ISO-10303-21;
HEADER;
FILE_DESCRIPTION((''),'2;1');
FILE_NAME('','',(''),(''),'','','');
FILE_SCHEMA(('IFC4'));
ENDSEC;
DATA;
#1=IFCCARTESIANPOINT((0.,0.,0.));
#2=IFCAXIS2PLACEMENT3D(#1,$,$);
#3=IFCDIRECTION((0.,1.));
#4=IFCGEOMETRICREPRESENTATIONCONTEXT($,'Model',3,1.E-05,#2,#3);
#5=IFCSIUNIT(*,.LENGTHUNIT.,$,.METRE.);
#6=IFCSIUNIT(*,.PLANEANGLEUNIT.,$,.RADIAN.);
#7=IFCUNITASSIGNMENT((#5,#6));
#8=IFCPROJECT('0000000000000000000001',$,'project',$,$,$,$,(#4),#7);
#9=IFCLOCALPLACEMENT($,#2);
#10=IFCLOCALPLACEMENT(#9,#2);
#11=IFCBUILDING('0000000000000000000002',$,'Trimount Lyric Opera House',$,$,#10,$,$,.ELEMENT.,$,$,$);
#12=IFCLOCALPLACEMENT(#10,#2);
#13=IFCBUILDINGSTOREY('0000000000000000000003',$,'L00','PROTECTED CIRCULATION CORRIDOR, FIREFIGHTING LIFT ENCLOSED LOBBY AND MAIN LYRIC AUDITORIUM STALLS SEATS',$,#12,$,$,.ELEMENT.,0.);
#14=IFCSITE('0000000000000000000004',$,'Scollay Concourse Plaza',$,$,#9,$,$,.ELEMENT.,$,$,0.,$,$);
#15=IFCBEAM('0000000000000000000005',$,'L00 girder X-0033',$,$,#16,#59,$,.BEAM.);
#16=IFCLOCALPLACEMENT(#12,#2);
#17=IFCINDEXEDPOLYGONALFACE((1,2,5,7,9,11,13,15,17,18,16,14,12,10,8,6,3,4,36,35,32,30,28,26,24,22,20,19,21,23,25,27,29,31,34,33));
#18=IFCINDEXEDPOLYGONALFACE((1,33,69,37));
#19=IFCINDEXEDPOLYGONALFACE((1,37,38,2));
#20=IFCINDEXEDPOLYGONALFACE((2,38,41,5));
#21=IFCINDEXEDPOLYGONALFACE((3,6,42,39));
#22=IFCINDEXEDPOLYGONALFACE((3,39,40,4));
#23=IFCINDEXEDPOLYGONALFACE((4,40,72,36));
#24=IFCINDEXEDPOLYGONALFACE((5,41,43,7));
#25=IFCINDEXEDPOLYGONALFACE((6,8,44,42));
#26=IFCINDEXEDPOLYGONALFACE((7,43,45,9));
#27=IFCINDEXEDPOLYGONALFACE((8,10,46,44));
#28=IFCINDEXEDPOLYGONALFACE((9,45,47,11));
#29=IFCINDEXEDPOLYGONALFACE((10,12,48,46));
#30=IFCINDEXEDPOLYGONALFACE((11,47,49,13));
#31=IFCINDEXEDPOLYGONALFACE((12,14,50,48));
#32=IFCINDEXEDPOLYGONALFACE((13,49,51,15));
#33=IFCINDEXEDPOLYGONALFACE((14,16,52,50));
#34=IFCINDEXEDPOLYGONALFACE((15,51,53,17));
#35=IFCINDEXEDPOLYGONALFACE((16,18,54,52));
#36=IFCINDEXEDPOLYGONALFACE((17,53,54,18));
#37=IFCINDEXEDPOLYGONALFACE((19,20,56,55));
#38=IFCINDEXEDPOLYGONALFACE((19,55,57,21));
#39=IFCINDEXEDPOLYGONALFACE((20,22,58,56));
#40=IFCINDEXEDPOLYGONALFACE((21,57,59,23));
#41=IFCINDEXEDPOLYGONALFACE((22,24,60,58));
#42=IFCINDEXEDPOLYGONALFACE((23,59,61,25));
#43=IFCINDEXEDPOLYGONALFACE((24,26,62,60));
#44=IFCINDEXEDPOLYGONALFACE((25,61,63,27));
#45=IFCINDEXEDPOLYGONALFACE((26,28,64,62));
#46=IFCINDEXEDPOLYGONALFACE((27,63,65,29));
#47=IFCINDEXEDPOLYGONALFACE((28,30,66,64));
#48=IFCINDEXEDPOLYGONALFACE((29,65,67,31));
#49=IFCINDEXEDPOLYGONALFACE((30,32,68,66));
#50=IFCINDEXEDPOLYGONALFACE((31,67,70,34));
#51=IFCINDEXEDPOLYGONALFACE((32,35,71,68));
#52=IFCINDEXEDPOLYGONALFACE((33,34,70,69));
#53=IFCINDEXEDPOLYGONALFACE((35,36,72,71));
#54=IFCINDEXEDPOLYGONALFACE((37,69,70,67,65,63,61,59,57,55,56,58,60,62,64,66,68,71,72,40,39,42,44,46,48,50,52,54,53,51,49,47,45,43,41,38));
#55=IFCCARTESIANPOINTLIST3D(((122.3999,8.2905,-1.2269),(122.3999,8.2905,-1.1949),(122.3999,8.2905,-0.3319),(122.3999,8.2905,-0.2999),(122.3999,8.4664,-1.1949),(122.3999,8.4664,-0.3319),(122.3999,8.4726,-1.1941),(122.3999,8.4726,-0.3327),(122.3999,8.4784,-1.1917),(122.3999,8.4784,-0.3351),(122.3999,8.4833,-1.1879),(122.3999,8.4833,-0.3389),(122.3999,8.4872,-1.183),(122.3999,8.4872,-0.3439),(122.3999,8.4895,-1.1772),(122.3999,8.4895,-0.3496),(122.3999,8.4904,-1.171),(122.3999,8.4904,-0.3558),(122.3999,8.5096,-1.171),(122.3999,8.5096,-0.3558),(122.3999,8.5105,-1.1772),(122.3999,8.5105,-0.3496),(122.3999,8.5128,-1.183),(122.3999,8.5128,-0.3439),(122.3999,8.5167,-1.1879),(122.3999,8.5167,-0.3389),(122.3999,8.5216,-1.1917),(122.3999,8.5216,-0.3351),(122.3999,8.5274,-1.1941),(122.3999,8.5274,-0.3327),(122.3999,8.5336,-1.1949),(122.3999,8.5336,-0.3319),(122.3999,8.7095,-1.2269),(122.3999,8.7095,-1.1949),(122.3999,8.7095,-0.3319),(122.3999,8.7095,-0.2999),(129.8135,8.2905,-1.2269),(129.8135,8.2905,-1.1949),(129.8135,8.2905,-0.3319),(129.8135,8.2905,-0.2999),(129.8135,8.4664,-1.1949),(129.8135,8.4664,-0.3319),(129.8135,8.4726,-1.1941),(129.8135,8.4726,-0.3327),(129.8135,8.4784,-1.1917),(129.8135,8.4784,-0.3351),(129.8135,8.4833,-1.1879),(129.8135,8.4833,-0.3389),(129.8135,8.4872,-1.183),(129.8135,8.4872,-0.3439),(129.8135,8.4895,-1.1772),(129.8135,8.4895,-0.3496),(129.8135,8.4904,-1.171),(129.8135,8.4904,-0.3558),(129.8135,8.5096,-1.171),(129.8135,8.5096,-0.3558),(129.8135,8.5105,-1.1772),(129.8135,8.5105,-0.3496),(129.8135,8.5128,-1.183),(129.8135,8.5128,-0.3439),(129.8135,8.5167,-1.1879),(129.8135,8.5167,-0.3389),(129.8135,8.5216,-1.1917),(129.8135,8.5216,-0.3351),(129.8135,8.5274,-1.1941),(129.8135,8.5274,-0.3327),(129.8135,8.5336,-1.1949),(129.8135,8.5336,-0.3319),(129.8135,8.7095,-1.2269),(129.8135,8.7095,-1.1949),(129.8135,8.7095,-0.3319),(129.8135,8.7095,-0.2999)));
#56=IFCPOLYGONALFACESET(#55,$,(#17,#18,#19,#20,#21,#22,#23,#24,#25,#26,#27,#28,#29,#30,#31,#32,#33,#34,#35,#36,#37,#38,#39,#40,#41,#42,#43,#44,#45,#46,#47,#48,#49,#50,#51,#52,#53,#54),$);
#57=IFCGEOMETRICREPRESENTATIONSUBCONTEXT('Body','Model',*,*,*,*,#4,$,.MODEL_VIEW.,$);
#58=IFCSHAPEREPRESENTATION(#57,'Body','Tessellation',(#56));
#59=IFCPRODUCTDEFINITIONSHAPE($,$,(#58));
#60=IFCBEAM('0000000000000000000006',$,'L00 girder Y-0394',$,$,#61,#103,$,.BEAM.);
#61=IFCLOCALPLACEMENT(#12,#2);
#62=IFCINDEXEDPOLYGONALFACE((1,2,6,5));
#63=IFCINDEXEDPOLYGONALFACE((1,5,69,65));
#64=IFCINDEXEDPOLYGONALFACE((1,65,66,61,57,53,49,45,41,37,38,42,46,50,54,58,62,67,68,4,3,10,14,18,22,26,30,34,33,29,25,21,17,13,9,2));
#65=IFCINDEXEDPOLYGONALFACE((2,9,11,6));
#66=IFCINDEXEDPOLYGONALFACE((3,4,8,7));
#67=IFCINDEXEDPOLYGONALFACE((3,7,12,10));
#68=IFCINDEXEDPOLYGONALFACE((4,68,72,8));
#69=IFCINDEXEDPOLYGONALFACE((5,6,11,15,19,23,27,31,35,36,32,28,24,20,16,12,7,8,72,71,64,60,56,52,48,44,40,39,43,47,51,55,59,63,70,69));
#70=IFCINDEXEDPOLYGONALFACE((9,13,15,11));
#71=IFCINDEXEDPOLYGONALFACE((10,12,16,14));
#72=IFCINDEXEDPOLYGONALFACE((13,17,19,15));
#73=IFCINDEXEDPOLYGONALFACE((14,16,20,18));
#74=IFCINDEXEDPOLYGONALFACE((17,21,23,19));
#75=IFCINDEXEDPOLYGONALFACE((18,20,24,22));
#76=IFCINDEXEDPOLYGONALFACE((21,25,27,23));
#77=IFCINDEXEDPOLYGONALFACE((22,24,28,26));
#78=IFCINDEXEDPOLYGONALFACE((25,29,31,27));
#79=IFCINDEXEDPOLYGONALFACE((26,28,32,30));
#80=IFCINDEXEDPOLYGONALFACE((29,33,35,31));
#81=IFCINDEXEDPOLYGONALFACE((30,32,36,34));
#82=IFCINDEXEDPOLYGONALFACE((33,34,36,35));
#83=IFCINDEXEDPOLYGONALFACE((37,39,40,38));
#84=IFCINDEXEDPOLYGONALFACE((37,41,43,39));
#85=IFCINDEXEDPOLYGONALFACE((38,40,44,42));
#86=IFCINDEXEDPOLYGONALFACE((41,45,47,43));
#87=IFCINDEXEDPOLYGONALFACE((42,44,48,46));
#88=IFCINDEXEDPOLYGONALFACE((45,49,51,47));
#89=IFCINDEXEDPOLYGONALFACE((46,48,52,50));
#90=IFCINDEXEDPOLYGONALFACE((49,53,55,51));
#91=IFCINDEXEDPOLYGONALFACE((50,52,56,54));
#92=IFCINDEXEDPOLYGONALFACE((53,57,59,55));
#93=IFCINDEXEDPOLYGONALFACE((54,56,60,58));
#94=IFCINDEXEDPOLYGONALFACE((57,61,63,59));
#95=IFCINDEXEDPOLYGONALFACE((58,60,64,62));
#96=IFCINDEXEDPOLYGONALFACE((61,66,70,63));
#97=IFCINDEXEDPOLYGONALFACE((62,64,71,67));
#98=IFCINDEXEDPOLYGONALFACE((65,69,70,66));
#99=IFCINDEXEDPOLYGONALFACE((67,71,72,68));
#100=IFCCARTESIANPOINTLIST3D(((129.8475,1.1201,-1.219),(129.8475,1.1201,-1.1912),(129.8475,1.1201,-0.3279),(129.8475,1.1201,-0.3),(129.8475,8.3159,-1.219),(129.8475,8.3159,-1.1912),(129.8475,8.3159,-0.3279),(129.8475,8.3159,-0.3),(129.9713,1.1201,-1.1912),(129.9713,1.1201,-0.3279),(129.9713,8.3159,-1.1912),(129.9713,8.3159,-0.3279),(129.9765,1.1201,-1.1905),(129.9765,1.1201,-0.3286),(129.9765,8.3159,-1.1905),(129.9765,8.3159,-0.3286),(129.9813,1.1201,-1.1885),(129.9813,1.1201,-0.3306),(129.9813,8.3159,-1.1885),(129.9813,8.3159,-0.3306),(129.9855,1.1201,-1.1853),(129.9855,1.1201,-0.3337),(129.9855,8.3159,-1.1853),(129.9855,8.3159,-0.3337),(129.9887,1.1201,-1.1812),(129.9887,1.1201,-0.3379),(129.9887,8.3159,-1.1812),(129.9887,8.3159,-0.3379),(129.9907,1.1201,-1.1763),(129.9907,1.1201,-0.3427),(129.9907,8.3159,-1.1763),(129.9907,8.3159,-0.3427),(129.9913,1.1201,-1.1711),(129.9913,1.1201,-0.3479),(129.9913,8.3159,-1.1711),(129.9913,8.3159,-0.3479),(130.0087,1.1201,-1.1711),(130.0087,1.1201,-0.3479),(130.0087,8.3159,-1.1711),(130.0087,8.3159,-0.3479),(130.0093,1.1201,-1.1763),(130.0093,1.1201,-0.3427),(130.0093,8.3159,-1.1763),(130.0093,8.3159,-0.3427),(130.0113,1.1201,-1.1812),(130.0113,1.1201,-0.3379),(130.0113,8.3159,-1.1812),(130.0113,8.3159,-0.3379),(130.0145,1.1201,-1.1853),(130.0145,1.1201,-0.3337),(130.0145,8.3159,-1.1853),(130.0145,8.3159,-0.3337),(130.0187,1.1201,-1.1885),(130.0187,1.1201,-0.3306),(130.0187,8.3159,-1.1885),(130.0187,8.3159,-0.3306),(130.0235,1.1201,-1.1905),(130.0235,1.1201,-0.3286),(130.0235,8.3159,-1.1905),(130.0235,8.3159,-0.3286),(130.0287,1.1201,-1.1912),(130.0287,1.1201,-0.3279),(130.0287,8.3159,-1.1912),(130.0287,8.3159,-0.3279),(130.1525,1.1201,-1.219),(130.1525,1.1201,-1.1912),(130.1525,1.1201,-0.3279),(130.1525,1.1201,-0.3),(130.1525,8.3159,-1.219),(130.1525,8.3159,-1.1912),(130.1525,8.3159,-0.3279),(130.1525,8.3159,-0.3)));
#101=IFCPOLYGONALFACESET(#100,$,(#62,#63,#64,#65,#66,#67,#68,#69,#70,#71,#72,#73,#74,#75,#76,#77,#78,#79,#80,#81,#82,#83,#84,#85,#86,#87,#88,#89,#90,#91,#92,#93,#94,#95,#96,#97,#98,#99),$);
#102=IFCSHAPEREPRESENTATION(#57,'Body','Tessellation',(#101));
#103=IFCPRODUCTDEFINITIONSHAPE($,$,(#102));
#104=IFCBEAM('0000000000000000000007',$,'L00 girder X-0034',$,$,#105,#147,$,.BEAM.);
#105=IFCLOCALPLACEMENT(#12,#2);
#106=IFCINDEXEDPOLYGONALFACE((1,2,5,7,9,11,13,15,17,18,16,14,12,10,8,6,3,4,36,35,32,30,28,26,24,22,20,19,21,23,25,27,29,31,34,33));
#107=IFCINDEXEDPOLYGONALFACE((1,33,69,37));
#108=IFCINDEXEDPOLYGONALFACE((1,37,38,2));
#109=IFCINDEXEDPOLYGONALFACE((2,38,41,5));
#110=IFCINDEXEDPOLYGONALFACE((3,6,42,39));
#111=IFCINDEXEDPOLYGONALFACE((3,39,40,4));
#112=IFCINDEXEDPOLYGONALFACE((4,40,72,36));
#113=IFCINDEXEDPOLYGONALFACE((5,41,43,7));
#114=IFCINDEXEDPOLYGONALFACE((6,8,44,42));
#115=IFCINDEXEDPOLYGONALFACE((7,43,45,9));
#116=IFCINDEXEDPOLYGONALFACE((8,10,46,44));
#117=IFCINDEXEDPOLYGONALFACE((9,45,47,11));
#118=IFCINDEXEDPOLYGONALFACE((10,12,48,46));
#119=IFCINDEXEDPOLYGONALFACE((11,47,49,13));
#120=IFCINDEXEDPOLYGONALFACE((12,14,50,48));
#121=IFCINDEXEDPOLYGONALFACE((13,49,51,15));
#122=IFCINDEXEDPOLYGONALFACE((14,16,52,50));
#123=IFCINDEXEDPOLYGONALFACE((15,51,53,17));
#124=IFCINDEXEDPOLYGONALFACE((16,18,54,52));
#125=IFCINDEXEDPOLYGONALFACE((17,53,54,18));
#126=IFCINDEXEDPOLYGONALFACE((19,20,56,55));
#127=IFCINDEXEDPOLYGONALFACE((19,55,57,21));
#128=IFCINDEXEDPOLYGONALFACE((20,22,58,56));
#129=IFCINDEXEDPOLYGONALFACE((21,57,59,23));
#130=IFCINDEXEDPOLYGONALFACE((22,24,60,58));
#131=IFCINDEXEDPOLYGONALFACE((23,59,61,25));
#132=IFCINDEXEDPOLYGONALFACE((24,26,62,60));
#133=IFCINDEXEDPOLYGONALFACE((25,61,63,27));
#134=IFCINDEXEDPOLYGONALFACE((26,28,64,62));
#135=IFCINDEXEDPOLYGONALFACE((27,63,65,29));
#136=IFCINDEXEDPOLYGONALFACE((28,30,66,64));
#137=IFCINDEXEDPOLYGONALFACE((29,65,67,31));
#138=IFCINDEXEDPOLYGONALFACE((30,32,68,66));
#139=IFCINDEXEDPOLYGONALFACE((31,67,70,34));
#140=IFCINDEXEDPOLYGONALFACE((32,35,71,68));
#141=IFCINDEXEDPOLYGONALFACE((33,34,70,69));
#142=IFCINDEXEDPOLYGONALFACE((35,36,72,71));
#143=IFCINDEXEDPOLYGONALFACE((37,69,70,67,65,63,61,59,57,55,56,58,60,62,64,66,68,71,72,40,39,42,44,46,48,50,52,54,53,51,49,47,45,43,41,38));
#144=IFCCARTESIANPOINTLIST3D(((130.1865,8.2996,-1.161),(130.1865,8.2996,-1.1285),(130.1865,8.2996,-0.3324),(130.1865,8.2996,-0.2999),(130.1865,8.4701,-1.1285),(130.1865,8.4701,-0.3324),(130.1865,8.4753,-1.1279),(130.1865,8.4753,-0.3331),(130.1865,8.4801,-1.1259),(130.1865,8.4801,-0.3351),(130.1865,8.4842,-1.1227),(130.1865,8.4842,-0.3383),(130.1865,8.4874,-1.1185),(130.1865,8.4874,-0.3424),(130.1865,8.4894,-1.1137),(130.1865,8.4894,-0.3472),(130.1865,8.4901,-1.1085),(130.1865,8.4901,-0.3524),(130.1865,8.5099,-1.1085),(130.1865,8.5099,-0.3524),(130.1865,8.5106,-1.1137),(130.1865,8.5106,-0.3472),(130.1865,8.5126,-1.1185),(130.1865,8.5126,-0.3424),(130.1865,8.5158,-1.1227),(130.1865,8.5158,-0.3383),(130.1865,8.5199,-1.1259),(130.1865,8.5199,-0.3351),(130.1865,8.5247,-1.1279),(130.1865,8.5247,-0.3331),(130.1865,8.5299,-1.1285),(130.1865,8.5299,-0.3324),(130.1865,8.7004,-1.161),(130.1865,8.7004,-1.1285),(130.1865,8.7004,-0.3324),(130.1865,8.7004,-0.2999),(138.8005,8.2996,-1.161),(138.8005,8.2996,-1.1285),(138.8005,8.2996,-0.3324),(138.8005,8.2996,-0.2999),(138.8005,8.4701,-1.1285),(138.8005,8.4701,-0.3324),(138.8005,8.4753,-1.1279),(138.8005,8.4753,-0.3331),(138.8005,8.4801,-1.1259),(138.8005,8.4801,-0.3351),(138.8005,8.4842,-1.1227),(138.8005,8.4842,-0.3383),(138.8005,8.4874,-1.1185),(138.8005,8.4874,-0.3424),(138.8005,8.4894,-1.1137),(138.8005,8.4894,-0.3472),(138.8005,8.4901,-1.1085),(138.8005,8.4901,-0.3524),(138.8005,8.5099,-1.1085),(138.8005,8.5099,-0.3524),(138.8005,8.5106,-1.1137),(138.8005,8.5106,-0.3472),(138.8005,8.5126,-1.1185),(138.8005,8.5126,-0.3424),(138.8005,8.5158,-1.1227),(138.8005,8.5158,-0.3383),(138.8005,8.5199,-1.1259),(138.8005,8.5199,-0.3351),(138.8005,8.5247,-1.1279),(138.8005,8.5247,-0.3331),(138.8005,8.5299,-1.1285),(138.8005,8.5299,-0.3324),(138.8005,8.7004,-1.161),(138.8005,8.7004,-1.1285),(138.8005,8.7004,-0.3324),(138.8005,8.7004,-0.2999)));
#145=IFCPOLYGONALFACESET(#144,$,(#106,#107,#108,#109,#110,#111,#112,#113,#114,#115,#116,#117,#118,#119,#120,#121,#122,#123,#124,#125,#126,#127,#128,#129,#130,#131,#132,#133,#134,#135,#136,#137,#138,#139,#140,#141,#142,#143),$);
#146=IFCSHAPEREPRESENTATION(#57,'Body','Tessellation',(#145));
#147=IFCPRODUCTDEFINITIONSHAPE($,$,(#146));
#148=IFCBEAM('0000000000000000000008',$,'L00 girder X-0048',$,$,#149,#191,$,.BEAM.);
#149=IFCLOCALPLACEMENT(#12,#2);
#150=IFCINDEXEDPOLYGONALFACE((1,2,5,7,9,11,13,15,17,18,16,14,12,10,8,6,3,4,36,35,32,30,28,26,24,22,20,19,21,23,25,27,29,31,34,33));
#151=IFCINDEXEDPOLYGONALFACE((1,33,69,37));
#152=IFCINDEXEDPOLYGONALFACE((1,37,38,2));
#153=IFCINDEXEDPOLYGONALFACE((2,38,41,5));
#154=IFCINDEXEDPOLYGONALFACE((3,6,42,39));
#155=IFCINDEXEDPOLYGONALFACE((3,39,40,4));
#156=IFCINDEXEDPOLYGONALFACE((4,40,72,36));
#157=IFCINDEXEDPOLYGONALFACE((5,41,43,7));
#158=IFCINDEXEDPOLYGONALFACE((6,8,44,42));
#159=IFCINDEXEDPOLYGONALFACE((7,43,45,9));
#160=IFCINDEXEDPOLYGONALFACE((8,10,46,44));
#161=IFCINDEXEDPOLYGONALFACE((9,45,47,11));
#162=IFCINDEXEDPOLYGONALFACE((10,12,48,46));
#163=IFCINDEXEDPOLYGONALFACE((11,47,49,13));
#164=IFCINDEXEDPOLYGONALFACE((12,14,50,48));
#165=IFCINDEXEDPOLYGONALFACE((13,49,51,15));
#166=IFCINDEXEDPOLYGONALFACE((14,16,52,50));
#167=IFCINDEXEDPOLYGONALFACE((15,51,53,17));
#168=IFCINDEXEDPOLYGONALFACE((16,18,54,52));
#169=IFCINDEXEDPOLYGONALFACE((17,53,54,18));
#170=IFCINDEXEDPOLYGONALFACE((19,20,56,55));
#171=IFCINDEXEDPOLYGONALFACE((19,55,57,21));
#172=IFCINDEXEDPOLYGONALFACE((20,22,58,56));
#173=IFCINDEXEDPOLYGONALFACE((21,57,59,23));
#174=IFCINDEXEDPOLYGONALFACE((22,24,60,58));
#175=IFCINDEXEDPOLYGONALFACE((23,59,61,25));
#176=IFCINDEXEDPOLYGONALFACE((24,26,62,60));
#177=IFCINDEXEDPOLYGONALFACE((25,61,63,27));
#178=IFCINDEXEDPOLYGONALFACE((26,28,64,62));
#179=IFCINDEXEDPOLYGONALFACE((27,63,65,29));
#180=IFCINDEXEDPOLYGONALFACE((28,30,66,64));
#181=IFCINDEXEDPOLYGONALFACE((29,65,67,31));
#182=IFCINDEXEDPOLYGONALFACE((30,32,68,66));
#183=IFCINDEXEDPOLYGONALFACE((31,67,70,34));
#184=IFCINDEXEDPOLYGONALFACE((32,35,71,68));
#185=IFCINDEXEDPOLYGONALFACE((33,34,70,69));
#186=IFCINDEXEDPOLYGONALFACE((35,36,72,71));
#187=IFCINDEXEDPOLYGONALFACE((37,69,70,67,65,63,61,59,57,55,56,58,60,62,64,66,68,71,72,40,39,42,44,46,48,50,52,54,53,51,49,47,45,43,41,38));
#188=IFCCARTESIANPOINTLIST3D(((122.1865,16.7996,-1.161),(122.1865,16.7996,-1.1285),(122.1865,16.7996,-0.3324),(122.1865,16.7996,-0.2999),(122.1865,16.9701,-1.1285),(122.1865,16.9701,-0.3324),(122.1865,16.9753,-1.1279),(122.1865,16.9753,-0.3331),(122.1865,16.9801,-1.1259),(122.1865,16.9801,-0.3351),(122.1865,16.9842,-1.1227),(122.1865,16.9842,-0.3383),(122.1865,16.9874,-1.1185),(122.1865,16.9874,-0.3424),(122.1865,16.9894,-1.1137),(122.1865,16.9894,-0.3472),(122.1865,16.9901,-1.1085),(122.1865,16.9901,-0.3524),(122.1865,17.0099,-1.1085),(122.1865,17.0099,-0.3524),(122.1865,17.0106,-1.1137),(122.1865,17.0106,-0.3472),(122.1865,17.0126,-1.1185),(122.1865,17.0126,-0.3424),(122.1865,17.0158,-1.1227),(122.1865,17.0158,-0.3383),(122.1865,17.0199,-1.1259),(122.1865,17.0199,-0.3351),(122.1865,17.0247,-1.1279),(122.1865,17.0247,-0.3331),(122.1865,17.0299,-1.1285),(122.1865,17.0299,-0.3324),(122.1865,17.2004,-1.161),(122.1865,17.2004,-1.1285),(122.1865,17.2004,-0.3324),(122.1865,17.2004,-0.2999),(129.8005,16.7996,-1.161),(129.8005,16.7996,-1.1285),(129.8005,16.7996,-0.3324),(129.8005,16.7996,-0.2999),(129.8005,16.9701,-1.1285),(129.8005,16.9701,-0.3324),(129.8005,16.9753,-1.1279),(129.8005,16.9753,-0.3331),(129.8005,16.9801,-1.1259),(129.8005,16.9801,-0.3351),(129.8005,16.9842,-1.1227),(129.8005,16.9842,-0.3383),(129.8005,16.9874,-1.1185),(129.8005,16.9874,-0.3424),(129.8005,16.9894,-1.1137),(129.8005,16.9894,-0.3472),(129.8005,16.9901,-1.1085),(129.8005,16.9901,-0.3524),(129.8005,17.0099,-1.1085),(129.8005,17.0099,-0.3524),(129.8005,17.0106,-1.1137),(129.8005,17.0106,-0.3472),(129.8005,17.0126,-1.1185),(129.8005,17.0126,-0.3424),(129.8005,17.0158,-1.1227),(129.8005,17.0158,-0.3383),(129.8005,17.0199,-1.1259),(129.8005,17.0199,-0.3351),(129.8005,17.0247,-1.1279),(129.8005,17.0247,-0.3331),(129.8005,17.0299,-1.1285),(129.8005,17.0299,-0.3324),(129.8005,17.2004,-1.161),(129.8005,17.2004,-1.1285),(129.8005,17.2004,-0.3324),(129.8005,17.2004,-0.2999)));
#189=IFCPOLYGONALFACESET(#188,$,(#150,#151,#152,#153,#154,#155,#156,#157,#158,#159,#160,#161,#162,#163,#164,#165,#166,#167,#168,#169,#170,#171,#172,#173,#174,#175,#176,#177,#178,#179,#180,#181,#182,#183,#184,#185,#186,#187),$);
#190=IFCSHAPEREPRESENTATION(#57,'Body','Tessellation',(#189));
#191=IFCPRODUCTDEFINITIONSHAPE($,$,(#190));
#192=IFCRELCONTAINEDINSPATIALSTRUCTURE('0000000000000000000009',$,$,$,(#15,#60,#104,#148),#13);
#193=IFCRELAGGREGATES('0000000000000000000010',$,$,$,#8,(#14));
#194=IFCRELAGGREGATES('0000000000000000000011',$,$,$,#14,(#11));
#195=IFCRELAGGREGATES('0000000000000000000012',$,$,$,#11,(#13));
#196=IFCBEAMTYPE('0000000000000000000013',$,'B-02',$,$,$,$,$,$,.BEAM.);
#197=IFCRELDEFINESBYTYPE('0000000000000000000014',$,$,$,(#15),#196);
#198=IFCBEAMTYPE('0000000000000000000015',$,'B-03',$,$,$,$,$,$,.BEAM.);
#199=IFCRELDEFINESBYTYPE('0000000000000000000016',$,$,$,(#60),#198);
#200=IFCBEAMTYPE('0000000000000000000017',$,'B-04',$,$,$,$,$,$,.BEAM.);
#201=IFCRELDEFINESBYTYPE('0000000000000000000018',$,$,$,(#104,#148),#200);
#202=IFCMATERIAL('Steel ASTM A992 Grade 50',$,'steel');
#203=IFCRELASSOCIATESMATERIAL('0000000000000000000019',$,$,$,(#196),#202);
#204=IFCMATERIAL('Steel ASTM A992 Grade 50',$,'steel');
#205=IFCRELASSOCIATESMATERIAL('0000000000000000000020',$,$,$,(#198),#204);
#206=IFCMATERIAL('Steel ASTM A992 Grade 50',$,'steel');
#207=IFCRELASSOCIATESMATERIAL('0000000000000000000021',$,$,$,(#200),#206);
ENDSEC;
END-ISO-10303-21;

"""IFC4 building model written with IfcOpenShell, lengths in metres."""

from ifc_helpers import new_model, si_unit, direction, frame, origin, origin_2d, place, context, subcontext, project, spatial, i_section, extrude, material, material_profile, profile_set, type_object, element, save


model = new_model("IFC4")

# Units and contexts
model_context = context("Model", 3, precision=1e-05, world=origin(), true_north=direction((0.0, 1.0)))
body_context = subcontext(model_context, "Body", "Model", "MODEL_VIEW")
ifc_project = project(units=[si_unit("LENGTHUNIT", "METRE"), si_unit("PLANEANGLEUNIT", "RADIAN")], contexts=[model_context])

# Site, building, storey
site_placement = place(None, origin())
site = spatial("IfcSite", under=ifc_project, at=site_placement, Name="Scollay Concourse Plaza", CompositionType="ELEMENT", RefElevation=0.0)
building_placement = place(site_placement, origin())
building = spatial("IfcBuilding", under=site, at=building_placement, Name="Trimount Lyric Opera House", CompositionType="ELEMENT")
storey_placement = place(building_placement, origin())
storey = spatial("IfcBuildingStorey", under=building, at=storey_placement, Name="L00", Description="PROTECTED CIRCULATION CORRIDOR, FIREFIGHTING LIFT ENCLOSED LOBBY AND MAIN LYRIC AUDITORIUM STALLS SEATS", CompositionType="ELEMENT", Elevation=0.0)

# Beams
ifc_material_1 = material(Name="Steel ASTM A992 Grade 50", Category="steel")
ifc_material_profile_1 = material_profile(ifc_material_1, i_section(OverallWidth=0.4189, OverallDepth=0.927, WebThickness=0.0193, FlangeThickness=0.032, FilletRadius=0.0239, at=origin_2d()), Name="W36X231")
ifc_profile_set_1 = profile_set([ifc_material_profile_1], Name="Steel ASTM A992 Grade 50")
beam_type_1 = type_object("IfcBeamType", Name="B-02", PredefinedType="BEAM", material=ifc_profile_set_1)
beam_1_placement = place(storey_placement, frame((122.3999, 8.5, -0.7634), z_axis=(1.0, 0.0, 0.0), x_axis=(0.0, 1.0, 0.0)))
element("IfcBeam", 1, at=beam_1_placement, inside=storey, type_object=beam_type_1, Name="L00 girder X-0033", PredefinedType="BEAM", context=body_context, shape_type="SweptSolid", body=[
    extrude(i_section(OverallWidth=0.4189, OverallDepth=0.927, WebThickness=0.0193, FlangeThickness=0.032, FilletRadius=0.0239, at=origin_2d()), origin(), (0.0, 0.0, 1.0), 7.4136),
])
ifc_material_2 = material(Name="Steel ASTM A992 Grade 50", Category="steel")
ifc_material_profile_2 = material_profile(ifc_material_2, i_section(OverallWidth=0.3049, OverallDepth=0.9189, WebThickness=0.0173, FlangeThickness=0.0278, FilletRadius=0.02, at=origin_2d()), Name="W36X170")
ifc_profile_set_2 = profile_set([ifc_material_profile_2], Name="Steel ASTM A992 Grade 50")
beam_type_2 = type_object("IfcBeamType", Name="B-03", PredefinedType="BEAM", material=ifc_profile_set_2)
beam_2_placement = place(storey_placement, frame((130.0, 1.1201, -0.7595), z_axis=(0.0, 1.0, 0.0), x_axis=(-1.0, 0.0, 0.0)))
element("IfcBeam", 2, at=beam_2_placement, inside=storey, type_object=beam_type_2, Name="L00 girder Y-0394", PredefinedType="BEAM", context=body_context, shape_type="SweptSolid", body=[
    extrude(i_section(OverallWidth=0.3049, OverallDepth=0.9189, WebThickness=0.0173, FlangeThickness=0.0278, FilletRadius=0.02, at=origin_2d()), origin(), (0.0, 0.0, 1.0), 7.1958),
])
ifc_material_3 = material(Name="Steel ASTM A992 Grade 50", Category="steel")
ifc_material_profile_3 = material_profile(ifc_material_3, i_section(OverallWidth=0.4009, OverallDepth=0.8611, WebThickness=0.0198, FlangeThickness=0.0325, FilletRadius=0.02, at=origin_2d()), Name="W33X221")
ifc_profile_set_3 = profile_set([ifc_material_profile_3], Name="Steel ASTM A992 Grade 50")
beam_type_3 = type_object("IfcBeamType", Name="B-04", PredefinedType="BEAM", material=ifc_profile_set_3)
beam_3_placement = place(storey_placement, frame((130.1865, 8.5, -0.7305), z_axis=(1.0, 0.0, 0.0), x_axis=(0.0, 1.0, 0.0)))
element("IfcBeam", 3, at=beam_3_placement, inside=storey, type_object=beam_type_3, Name="L00 girder X-0034", PredefinedType="BEAM", context=body_context, shape_type="SweptSolid", body=[
    extrude(i_section(OverallWidth=0.4009, OverallDepth=0.8611, WebThickness=0.0198, FlangeThickness=0.0325, FilletRadius=0.02, at=origin_2d()), origin(), (0.0, 0.0, 1.0), 8.614),
])
beam_4_placement = place(storey_placement, frame((122.1865, 17.0, -0.7305), z_axis=(1.0, 0.0, 0.0), x_axis=(0.0, 1.0, 0.0)))
element("IfcBeam", 4, at=beam_4_placement, inside=storey, type_object=beam_type_3, Name="L00 girder X-0048", PredefinedType="BEAM", context=body_context, shape_type="SweptSolid", body=[
    extrude(i_section(OverallWidth=0.4009, OverallDepth=0.8611, WebThickness=0.0198, FlangeThickness=0.0325, FilletRadius=0.02, at=origin_2d()), origin(), (0.0, 0.0, 1.0), 7.614),
])

save(model, "model.ifc")
